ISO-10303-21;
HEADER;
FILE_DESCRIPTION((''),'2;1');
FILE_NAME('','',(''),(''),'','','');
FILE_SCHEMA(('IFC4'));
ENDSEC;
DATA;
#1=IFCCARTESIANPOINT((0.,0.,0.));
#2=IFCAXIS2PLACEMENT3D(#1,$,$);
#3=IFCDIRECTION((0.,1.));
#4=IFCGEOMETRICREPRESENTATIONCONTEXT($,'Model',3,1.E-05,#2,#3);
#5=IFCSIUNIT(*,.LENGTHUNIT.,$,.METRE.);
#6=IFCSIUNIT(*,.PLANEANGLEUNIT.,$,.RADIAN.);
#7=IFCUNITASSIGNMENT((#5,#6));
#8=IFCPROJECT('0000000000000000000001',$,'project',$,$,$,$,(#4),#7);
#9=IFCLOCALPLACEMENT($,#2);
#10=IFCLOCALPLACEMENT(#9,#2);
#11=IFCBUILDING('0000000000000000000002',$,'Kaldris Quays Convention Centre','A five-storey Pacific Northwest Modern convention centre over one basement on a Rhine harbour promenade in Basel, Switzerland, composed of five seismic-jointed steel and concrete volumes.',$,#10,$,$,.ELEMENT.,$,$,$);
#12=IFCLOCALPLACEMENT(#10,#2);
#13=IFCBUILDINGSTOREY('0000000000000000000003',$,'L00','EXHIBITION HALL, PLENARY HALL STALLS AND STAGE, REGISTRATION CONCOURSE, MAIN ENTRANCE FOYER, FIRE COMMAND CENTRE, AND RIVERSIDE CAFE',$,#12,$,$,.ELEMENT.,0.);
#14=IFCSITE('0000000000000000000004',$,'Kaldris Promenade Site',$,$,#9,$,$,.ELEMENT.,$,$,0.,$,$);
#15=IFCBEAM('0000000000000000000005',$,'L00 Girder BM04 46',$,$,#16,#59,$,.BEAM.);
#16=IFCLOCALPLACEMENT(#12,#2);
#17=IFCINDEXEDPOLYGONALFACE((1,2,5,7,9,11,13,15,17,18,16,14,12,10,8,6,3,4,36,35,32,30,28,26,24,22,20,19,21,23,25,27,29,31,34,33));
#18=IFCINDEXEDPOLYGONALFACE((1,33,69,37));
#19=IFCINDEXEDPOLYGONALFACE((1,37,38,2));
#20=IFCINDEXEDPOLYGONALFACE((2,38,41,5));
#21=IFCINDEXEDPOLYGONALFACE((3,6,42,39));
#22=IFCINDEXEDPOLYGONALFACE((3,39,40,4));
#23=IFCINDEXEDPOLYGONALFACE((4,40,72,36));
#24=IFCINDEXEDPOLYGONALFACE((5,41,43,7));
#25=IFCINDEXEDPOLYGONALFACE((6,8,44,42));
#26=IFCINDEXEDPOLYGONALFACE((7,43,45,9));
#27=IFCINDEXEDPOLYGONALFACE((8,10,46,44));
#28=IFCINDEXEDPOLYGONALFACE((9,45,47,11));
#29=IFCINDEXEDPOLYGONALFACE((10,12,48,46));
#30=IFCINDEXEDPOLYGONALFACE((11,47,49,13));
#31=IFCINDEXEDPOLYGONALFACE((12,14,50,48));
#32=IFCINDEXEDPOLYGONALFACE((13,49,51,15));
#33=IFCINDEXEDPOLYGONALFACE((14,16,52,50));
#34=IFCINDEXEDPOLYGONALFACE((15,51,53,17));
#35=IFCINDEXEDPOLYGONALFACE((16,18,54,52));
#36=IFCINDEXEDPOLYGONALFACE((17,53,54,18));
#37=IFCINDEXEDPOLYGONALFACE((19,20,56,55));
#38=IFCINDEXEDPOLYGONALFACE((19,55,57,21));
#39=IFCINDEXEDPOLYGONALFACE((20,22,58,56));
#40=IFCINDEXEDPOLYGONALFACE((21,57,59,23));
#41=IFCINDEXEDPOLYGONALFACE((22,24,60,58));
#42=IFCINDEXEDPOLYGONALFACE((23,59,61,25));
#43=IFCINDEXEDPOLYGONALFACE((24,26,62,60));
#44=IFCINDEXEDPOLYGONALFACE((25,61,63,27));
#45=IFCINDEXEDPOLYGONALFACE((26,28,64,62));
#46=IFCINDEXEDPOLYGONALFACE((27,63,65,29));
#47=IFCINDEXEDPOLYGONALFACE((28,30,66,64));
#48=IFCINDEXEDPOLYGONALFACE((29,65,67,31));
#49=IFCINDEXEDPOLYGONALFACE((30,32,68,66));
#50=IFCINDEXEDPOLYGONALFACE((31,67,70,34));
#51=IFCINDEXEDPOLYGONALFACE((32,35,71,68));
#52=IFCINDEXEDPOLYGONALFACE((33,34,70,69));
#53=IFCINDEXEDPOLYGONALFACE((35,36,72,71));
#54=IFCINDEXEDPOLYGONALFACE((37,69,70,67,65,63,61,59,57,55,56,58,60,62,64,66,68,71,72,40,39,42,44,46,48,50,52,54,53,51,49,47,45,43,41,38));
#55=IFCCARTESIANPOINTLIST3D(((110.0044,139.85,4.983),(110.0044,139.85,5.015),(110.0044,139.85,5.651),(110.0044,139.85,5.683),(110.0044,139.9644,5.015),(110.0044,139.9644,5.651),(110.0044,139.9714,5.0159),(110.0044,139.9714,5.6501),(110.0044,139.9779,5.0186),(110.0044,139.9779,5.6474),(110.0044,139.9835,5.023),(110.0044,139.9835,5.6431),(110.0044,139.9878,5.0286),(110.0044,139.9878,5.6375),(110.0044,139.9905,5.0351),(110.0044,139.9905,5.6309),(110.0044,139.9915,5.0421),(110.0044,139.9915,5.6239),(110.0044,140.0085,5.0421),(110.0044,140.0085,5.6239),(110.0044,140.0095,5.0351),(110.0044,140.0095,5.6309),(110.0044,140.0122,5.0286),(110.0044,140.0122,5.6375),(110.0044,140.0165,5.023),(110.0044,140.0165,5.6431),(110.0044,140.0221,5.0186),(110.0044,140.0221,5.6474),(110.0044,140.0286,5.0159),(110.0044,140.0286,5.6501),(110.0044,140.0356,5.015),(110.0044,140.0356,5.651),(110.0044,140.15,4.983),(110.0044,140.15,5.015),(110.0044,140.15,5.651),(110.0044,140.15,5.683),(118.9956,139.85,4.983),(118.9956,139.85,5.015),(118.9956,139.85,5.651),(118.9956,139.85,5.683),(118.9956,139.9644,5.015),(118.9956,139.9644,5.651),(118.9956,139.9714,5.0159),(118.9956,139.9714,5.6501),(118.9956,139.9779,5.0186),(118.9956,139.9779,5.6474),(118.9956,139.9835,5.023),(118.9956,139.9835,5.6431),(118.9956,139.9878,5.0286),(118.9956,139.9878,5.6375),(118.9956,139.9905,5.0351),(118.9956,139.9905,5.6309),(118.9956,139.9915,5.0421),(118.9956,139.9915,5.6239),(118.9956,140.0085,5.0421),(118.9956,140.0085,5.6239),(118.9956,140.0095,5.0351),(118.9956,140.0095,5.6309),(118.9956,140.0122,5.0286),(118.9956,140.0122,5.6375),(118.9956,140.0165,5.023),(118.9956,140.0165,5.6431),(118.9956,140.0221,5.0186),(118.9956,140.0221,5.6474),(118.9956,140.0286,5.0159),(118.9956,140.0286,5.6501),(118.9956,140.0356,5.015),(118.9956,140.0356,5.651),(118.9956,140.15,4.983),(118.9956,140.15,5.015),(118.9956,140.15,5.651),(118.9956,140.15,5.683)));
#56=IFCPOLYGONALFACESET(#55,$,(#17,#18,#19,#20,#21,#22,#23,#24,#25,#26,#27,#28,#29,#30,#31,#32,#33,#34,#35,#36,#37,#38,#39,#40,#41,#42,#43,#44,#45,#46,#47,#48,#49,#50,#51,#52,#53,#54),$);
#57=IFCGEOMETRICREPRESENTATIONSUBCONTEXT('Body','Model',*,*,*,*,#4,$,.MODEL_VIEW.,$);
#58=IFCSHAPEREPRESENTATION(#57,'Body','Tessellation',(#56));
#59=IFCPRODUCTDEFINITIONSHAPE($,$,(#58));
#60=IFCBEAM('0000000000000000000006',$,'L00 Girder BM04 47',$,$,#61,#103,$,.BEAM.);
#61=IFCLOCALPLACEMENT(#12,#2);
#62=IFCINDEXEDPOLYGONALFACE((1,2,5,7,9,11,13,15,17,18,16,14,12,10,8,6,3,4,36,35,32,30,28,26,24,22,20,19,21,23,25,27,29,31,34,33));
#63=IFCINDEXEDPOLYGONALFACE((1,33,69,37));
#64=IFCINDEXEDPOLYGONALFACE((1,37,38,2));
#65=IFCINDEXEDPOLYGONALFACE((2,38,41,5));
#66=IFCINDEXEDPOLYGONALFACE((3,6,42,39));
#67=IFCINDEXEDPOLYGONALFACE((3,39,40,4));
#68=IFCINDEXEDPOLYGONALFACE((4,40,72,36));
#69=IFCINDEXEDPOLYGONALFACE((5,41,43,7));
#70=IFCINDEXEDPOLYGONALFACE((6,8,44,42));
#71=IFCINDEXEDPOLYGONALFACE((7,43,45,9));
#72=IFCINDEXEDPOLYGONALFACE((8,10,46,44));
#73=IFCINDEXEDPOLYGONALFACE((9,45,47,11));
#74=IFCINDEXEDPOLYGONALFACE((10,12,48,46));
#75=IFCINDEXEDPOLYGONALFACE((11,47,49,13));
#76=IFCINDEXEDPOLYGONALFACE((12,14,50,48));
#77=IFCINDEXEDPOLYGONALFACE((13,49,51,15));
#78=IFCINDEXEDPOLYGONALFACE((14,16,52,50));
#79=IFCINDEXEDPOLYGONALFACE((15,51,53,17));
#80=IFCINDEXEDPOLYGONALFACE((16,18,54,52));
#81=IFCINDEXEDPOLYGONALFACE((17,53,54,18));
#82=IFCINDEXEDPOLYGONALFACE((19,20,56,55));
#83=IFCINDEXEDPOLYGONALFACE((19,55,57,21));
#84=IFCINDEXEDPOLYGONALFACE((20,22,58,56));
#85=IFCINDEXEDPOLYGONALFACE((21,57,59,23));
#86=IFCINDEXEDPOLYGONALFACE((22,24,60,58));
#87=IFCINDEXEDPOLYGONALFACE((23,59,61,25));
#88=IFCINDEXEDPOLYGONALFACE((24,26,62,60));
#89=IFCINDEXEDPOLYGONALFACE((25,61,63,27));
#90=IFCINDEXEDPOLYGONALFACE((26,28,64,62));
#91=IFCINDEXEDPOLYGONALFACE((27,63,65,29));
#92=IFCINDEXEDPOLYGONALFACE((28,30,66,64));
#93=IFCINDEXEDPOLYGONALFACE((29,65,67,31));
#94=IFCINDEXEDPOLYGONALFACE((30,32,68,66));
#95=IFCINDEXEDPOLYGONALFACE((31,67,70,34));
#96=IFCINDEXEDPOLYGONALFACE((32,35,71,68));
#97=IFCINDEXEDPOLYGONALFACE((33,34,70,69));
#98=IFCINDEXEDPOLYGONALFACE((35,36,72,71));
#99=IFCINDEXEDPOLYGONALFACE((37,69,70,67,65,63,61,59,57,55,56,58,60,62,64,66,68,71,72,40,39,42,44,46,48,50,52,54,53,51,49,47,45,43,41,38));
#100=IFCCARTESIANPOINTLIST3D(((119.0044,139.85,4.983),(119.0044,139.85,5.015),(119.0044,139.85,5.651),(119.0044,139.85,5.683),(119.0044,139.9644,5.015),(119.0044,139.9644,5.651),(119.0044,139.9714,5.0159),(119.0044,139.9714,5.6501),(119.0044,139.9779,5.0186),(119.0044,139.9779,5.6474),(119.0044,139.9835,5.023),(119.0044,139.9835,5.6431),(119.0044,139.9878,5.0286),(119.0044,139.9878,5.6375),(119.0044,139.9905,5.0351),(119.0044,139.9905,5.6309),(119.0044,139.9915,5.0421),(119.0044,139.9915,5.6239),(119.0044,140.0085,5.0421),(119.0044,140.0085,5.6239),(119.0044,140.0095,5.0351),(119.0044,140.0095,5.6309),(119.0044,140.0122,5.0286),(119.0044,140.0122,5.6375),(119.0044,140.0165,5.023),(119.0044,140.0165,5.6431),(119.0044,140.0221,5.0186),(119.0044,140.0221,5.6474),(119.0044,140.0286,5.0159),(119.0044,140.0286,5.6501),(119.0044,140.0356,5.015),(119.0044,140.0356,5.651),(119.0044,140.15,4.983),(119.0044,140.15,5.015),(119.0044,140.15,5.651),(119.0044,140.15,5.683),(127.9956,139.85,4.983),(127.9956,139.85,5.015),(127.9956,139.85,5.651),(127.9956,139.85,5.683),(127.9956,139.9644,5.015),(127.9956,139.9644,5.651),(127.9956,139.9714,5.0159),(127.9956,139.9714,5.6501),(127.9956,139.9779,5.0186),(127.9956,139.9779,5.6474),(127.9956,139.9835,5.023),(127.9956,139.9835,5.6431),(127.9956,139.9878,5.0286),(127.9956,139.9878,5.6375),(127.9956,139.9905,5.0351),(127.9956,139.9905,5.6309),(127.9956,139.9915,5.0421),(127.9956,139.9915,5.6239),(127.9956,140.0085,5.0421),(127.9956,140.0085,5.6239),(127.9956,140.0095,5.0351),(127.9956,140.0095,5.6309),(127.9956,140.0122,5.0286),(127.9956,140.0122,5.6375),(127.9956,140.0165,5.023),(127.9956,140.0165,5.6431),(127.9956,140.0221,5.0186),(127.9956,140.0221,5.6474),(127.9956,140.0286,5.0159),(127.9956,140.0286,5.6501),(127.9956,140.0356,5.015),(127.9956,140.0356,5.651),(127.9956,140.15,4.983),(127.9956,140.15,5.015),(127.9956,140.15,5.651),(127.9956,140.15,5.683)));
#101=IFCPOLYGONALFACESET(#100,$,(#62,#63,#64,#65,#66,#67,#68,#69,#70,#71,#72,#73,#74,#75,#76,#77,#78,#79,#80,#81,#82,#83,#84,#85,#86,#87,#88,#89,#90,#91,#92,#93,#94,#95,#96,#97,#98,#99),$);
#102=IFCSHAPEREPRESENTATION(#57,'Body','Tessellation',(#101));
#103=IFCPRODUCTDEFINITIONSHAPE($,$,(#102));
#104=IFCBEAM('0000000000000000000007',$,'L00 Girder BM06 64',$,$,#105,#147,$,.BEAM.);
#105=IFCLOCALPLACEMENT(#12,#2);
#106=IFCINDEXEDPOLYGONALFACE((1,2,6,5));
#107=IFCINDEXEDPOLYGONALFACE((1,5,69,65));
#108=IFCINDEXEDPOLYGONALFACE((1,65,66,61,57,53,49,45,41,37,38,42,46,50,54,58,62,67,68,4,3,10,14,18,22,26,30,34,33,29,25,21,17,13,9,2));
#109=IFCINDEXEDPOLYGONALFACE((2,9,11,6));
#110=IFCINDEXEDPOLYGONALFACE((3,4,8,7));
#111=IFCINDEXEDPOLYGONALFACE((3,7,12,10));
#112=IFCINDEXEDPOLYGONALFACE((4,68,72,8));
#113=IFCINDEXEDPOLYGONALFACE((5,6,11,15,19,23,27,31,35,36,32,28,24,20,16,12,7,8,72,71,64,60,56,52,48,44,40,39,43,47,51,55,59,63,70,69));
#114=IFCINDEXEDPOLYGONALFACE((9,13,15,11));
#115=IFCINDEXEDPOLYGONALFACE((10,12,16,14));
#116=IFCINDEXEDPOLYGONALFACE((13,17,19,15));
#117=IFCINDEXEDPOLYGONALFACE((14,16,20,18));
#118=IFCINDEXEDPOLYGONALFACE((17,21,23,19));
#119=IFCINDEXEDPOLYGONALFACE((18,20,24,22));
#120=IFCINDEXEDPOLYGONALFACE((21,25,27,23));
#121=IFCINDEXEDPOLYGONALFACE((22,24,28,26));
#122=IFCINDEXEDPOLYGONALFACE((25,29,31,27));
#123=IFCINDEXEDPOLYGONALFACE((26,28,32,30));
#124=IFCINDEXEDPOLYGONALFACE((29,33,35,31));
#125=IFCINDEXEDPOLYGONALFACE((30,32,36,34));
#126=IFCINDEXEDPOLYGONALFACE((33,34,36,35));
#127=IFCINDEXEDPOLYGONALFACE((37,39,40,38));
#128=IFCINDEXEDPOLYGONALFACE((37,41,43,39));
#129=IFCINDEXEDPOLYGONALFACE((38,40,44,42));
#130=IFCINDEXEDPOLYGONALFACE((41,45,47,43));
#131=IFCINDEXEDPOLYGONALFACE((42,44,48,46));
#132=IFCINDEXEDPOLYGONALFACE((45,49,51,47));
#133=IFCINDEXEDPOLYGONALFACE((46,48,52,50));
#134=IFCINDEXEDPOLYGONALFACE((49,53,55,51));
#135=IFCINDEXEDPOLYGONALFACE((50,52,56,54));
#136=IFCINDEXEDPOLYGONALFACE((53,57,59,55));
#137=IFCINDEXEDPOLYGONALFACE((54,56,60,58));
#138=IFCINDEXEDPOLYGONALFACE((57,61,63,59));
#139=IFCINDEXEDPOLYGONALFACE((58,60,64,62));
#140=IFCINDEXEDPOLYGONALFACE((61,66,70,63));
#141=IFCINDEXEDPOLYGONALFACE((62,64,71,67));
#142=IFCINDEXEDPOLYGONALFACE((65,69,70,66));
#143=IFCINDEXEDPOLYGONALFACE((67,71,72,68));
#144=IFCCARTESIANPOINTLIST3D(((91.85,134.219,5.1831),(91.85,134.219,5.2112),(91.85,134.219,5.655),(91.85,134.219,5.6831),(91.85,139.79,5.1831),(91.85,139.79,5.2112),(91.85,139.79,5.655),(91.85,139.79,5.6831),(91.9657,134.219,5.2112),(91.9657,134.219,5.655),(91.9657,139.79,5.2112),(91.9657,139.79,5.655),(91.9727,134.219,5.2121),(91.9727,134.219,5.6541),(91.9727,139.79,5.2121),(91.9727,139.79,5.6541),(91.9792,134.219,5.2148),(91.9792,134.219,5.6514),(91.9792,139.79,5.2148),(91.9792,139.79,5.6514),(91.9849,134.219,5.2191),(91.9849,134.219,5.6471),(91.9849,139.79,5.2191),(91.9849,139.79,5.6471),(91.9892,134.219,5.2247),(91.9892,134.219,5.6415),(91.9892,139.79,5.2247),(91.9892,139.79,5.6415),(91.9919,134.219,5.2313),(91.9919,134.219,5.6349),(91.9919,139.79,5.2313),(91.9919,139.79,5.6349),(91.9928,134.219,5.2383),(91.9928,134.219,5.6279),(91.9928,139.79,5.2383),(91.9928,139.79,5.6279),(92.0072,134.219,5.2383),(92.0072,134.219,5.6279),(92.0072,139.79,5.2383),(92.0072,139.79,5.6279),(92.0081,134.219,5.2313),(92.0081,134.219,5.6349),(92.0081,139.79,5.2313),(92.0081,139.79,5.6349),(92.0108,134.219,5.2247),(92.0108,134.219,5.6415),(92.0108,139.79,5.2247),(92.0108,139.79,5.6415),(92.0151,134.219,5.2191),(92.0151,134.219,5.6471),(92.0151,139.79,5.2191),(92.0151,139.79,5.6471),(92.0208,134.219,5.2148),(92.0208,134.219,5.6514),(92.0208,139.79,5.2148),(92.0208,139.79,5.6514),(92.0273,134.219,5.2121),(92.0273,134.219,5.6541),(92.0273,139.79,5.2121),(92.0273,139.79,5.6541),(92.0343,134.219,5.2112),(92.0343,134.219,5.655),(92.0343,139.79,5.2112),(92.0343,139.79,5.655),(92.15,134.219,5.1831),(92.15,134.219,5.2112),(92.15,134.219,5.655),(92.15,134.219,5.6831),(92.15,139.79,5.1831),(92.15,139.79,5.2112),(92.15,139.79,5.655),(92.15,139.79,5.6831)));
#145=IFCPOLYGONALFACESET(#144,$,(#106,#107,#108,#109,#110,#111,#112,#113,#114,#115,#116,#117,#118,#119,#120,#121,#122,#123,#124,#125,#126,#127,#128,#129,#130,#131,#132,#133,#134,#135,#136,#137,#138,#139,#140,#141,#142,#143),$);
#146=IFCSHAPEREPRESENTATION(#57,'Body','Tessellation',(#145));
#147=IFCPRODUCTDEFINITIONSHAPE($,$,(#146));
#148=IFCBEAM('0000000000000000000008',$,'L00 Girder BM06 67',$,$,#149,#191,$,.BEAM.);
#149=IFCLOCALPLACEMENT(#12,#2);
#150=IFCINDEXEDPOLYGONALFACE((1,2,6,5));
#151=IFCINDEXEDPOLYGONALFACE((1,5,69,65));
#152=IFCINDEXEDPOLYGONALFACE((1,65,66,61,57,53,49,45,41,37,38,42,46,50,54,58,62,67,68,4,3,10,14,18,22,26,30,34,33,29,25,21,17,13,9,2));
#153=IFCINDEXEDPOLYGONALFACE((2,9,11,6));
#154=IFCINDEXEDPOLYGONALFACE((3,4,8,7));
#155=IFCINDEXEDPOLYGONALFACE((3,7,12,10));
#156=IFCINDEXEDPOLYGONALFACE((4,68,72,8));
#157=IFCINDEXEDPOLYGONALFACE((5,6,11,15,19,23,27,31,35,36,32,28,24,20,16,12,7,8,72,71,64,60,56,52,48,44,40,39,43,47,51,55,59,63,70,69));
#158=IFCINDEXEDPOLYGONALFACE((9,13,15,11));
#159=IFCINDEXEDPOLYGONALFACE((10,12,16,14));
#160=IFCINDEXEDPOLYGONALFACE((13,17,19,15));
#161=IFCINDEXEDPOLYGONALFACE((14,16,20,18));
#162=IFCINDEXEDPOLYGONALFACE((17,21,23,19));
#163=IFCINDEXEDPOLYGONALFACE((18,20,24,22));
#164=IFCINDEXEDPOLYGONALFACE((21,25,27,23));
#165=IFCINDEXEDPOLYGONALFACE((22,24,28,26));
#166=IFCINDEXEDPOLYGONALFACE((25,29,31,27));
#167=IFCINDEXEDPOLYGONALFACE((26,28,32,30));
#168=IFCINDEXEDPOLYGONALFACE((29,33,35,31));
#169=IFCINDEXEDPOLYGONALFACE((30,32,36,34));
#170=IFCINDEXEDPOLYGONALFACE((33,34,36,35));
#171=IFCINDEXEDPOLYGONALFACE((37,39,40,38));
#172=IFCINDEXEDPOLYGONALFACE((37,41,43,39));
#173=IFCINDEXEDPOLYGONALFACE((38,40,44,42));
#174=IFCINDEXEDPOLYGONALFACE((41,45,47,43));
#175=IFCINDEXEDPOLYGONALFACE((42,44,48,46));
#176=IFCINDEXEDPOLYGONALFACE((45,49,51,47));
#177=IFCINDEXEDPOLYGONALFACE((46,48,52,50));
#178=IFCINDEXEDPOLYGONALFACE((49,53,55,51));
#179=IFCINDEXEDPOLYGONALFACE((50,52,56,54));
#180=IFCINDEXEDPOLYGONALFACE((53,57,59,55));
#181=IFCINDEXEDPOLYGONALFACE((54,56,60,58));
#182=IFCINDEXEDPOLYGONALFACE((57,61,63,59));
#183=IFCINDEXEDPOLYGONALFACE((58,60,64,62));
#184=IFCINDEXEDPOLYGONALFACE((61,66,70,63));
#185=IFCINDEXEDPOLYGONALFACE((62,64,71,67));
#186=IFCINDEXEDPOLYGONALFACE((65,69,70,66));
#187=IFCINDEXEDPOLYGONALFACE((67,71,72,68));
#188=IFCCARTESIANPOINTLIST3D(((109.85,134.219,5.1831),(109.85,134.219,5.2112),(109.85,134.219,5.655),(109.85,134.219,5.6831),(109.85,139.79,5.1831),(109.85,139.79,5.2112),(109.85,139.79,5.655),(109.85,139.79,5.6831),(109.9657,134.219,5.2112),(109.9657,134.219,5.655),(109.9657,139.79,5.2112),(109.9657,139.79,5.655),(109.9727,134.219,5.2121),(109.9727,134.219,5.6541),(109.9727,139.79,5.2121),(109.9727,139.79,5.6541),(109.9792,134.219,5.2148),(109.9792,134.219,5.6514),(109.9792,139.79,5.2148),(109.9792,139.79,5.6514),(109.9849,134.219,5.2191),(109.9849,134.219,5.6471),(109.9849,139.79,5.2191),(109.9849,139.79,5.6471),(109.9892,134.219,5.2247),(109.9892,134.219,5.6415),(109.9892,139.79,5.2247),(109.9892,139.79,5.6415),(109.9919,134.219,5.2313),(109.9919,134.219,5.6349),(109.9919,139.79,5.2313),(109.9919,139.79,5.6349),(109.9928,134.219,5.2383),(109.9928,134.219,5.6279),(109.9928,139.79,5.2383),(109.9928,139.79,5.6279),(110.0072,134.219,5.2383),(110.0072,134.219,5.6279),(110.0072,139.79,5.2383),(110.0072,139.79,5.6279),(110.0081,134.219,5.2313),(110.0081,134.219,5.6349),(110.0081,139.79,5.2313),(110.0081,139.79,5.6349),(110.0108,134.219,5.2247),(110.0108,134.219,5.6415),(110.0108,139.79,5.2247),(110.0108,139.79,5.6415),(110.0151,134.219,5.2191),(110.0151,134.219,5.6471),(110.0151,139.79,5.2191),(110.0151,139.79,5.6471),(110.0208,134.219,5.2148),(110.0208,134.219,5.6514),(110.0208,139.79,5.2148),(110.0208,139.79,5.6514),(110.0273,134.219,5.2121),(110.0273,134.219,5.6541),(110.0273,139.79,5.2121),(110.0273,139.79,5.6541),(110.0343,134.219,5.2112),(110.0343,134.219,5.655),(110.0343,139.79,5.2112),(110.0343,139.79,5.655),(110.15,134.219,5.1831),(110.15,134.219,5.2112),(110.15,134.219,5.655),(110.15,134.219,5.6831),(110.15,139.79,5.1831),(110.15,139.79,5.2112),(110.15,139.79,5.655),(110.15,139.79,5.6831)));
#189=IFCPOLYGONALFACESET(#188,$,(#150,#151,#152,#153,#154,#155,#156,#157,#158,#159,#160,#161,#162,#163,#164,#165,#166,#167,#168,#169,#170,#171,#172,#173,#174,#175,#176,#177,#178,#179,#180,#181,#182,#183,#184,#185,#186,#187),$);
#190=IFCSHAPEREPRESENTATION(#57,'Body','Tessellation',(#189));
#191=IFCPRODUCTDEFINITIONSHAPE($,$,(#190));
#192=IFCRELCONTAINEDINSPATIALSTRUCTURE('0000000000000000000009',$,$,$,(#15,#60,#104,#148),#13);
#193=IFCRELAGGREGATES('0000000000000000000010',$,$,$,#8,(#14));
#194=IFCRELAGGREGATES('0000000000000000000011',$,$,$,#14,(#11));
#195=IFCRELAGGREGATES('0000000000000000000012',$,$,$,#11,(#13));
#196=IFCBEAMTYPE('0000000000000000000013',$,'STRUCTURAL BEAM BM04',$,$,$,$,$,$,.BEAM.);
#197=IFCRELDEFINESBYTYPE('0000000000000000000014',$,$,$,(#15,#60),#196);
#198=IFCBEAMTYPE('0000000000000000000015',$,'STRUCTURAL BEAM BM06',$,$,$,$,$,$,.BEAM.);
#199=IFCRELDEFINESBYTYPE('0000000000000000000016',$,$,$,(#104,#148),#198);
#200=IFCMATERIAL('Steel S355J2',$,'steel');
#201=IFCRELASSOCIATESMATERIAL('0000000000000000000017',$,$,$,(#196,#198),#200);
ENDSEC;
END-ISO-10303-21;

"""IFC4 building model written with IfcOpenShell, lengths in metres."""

from ifc_helpers import new_model, si_unit, direction, frame, origin, origin_2d, place, context, subcontext, project, spatial, i_section, extrude, material, material_profile, profile_set, type_object, element, save


model = new_model("IFC4")

# Units and contexts
model_context = context("Model", 3, precision=1e-05, world=origin(), true_north=direction((0.0, 1.0)))
body_context = subcontext(model_context, "Body", "Model", "MODEL_VIEW")
ifc_project = project(units=[si_unit("LENGTHUNIT", "METRE"), si_unit("PLANEANGLEUNIT", "RADIAN")], contexts=[model_context])

# Site, building, storey
site_placement = place(None, origin())
site = spatial("IfcSite", under=ifc_project, at=site_placement, Name="Kaldris Promenade Site", CompositionType="ELEMENT", RefElevation=0.0)
building_placement = place(site_placement, origin())
building = spatial("IfcBuilding", under=site, at=building_placement, Name="Kaldris Quays Convention Centre", Description="A five-storey Pacific Northwest Modern convention centre over one basement on a Rhine harbour promenade in Basel, Switzerland, composed of five seismic-jointed steel and concrete volumes.", CompositionType="ELEMENT")
storey_placement = place(building_placement, origin())
storey = spatial("IfcBuildingStorey", under=building, at=storey_placement, Name="L00", Description="EXHIBITION HALL, PLENARY HALL STALLS AND STAGE, REGISTRATION CONCOURSE, MAIN ENTRANCE FOYER, FIRE COMMAND CENTRE, AND RIVERSIDE CAFE", CompositionType="ELEMENT", Elevation=0.0)

# Shared definitions
ifc_material_1 = material(Name="Steel S355J2", Category="steel")

# Beams
ifc_material_profile_1 = material_profile(ifc_material_1, i_section(OverallWidth=0.3, OverallDepth=0.7, WebThickness=0.0171, FlangeThickness=0.032, FilletRadius=0.0271, at=origin_2d()), Name="HEB 700")
ifc_profile_set_1 = profile_set([ifc_material_profile_1], Name="Steel S355J2")
beam_type_1 = type_object("IfcBeamType", Name="STRUCTURAL BEAM BM04", PredefinedType="BEAM", material=ifc_profile_set_1)
for number, where, z_axis, x_axis, name in (
    (1, (110.0044, 140.0, 5.333), (1.0, 0.0, 0.0), (0.0, 1.0, 0.0), "L00 Girder BM04 46"),
    (2, (119.0044, 140.0, 5.333), (1.0, 0.0, 0.0), (0.0, 1.0, 0.0), "L00 Girder BM04 47"),
):
    element("IfcBeam", number, at=place(storey_placement, frame(where, z_axis=z_axis, x_axis=x_axis)), inside=storey, type_object=beam_type_1, Name=name, PredefinedType="BEAM", context=body_context, shape_type="SweptSolid", body=[
        extrude(i_section(OverallWidth=0.3, OverallDepth=0.7, WebThickness=0.0171, FlangeThickness=0.032, FilletRadius=0.0271, at=origin_2d()), origin(), (0.0, 0.0, 1.0), 8.9912),
    ])
ifc_material_profile_2 = material_profile(ifc_material_1, i_section(OverallWidth=0.3, OverallDepth=0.5, WebThickness=0.0144, FlangeThickness=0.0281, FilletRadius=0.0271, at=origin_2d()), Name="HEB 500")
ifc_profile_set_2 = profile_set([ifc_material_profile_2], Name="Steel S355J2")
beam_type_2 = type_object("IfcBeamType", Name="STRUCTURAL BEAM BM06", PredefinedType="BEAM", material=ifc_profile_set_2)
for number, where, z_axis, x_axis, name in (
    (3, (92.0, 134.219, 5.4331), (0.0, 1.0, 0.0), (-1.0, 0.0, 0.0), "L00 Girder BM06 64"),
    (4, (110.0, 134.219, 5.4331), (0.0, 1.0, 0.0), (-1.0, 0.0, 0.0), "L00 Girder BM06 67"),
):
    element("IfcBeam", number, at=place(storey_placement, frame(where, z_axis=z_axis, x_axis=x_axis)), inside=storey, type_object=beam_type_2, Name=name, PredefinedType="BEAM", context=body_context, shape_type="SweptSolid", body=[
        extrude(i_section(OverallWidth=0.3, OverallDepth=0.5, WebThickness=0.0144, FlangeThickness=0.0281, FilletRadius=0.0271, at=origin_2d()), origin(), (0.0, 0.0, 1.0), 5.571),
    ])

save(model, "model.ifc")
